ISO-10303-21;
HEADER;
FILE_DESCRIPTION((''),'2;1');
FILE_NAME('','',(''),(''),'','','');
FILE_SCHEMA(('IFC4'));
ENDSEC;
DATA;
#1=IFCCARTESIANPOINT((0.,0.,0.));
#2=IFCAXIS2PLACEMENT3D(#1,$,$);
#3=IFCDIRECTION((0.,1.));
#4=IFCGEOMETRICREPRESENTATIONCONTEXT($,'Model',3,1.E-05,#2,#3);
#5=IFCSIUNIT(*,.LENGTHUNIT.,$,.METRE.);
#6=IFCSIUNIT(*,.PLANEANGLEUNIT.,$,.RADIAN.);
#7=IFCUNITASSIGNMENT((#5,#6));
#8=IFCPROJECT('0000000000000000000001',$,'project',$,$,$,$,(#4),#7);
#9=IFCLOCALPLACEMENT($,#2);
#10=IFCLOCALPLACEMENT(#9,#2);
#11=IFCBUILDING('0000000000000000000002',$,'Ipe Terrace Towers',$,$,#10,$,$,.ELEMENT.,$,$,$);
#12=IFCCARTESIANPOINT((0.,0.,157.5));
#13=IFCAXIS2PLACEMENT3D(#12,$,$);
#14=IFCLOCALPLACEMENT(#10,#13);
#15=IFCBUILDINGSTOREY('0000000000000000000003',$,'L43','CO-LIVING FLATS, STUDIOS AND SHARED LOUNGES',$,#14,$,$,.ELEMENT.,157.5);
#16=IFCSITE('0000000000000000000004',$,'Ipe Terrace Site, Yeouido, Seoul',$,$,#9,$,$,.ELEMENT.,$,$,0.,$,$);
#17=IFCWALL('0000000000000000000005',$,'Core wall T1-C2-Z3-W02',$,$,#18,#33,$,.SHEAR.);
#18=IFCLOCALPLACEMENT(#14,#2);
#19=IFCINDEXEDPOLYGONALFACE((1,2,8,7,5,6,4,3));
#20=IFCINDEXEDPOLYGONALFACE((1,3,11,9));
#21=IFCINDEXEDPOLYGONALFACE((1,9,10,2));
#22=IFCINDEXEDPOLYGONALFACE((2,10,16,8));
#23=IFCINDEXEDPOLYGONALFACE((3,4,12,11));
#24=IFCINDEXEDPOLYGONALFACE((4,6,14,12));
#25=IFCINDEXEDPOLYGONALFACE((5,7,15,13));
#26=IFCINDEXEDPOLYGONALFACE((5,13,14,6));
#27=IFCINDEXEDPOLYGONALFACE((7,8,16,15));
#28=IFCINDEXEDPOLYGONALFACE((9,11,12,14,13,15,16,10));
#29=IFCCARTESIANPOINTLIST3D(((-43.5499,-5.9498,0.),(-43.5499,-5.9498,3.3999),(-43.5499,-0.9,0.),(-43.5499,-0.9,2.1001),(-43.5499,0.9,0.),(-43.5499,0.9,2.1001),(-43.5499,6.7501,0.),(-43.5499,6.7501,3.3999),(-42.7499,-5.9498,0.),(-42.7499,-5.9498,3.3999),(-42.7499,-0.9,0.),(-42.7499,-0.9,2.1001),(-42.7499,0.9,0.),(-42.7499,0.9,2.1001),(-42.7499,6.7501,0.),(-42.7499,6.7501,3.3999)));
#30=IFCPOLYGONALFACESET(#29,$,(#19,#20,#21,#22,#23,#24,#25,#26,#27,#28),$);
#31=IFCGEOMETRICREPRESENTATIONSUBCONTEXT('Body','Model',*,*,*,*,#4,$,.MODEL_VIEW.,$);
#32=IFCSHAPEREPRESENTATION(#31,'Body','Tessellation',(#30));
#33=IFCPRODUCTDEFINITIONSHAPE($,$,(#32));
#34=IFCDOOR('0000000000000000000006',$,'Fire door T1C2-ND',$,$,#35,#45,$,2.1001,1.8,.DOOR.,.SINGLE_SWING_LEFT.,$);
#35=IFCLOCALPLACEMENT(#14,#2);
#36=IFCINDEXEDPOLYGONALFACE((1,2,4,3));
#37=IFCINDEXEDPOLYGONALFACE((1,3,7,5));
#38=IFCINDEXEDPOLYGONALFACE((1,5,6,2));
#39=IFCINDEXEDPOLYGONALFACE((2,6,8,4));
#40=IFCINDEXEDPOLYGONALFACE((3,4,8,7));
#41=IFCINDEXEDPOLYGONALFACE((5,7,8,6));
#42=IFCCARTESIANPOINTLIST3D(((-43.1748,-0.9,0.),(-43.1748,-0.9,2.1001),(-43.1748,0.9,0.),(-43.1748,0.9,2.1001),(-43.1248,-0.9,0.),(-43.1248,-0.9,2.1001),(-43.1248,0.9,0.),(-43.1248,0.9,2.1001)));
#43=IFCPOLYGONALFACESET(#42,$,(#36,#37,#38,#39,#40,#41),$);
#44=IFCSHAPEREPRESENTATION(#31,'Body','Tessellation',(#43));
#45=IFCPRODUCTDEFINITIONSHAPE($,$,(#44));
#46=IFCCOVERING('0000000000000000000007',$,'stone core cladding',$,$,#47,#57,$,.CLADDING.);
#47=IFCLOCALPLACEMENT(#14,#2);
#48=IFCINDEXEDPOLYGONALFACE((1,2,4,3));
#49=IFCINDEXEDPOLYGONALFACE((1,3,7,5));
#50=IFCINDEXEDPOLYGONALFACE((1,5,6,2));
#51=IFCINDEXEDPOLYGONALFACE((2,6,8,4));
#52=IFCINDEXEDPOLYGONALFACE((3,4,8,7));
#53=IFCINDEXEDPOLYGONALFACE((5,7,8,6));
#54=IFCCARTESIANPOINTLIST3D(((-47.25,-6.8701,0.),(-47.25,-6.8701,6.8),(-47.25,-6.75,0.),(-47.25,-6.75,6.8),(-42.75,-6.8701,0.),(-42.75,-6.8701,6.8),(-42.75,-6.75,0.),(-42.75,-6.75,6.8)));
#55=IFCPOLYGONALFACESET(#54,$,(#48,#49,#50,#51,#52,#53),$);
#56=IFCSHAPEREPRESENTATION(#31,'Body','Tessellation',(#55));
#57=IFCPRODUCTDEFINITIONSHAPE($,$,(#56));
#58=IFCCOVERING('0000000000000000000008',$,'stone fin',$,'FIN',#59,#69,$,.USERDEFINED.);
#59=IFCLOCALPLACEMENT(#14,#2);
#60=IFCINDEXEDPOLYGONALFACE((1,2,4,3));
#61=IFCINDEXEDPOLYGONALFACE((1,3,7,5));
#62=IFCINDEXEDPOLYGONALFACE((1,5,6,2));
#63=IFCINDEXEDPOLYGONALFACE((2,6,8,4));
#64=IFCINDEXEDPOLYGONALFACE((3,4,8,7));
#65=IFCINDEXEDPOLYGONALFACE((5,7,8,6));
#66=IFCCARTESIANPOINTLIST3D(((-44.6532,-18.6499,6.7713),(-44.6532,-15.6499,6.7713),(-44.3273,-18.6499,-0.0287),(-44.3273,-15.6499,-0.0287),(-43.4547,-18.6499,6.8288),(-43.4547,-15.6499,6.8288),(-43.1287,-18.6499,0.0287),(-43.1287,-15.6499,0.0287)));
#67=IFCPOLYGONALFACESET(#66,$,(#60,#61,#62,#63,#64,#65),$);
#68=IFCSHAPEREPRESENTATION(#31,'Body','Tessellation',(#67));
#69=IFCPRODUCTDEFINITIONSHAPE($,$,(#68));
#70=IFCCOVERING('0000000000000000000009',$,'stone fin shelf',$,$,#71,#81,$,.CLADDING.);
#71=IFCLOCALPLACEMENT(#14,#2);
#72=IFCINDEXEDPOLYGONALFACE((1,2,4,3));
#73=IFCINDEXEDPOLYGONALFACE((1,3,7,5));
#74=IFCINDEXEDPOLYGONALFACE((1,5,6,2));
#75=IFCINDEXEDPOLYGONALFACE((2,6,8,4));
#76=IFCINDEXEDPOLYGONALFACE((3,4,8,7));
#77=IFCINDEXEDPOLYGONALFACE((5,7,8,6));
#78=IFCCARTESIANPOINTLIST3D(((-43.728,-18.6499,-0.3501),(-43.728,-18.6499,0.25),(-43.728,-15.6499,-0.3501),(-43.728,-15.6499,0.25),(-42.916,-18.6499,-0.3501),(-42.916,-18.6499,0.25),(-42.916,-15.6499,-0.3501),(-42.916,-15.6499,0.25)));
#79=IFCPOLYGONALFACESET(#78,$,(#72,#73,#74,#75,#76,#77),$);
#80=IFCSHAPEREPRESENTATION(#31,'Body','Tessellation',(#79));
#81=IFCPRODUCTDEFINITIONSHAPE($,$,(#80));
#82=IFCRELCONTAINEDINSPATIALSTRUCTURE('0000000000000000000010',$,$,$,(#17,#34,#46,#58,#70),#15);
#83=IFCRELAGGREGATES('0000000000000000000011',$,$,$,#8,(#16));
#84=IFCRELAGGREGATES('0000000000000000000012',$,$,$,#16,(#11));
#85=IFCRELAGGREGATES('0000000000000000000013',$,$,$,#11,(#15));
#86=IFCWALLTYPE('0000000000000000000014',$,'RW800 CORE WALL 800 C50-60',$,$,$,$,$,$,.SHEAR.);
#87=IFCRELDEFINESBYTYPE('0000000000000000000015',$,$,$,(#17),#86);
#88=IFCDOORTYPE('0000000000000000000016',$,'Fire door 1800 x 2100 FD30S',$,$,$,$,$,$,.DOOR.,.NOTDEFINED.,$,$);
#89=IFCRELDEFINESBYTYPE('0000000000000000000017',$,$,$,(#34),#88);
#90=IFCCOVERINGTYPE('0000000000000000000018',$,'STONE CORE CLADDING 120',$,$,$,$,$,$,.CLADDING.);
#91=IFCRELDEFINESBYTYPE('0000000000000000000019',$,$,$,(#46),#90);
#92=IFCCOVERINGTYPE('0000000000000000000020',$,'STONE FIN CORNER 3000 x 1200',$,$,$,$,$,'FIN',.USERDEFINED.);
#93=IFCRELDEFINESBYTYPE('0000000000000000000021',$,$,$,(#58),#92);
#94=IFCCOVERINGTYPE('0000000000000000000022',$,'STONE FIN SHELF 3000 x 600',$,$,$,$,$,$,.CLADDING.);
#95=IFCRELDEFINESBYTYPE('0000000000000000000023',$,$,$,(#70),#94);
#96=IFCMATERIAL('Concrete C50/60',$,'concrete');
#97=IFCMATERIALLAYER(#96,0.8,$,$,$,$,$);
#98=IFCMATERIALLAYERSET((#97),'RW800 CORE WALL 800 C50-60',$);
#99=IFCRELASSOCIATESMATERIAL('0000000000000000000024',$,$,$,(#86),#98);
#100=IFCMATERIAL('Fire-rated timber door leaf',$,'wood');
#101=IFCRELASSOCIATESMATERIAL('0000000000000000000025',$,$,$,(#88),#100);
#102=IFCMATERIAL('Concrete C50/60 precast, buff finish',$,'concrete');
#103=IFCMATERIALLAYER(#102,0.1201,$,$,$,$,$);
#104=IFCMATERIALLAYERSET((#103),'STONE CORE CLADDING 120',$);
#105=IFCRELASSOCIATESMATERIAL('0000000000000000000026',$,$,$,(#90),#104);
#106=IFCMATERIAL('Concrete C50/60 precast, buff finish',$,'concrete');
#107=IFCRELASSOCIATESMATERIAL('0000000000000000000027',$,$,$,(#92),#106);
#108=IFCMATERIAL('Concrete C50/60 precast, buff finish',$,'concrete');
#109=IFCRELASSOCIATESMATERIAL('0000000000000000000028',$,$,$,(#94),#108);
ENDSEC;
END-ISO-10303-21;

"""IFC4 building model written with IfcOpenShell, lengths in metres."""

from ifc_helpers import new_model, si_unit, direction, frame, frame_2d, origin, origin_2d, place, context, subcontext, project, spatial, rectangle, extrude, material, layer, layer_set, material_profile, profile_set, type_object, element, fill, save


model = new_model("IFC4")

# Units and contexts
model_context = context("Model", 3, precision=1e-05, world=origin(), true_north=direction((0.0, 1.0)))
body_context = subcontext(model_context, "Body", "Model", "MODEL_VIEW")
ifc_project = project(units=[si_unit("LENGTHUNIT", "METRE"), si_unit("PLANEANGLEUNIT", "RADIAN")], contexts=[model_context])

# Site, building, storey
site_placement = place(None, origin())
site = spatial("IfcSite", under=ifc_project, at=site_placement, Name="Ipe Terrace Site, Yeouido, Seoul", CompositionType="ELEMENT", RefElevation=0.0)
building_placement = place(site_placement, origin())
building = spatial("IfcBuilding", under=site, at=building_placement, Name="Ipe Terrace Towers", CompositionType="ELEMENT")
storey_placement = place(building_placement, frame((0.0, 0.0, 157.5)))
storey = spatial("IfcBuildingStorey", under=building, at=storey_placement, Name="L43", Description="CO-LIVING FLATS, STUDIOS AND SHARED LOUNGES", CompositionType="ELEMENT", Elevation=157.5)

# Shared definitions
ifc_material_1 = material(Name="Concrete C50/60", Category="concrete")
ifc_layer_1 = layer(ifc_material_1, 0.8)
ifc_layer_set_1 = layer_set([ifc_layer_1], Name="RW800 CORE WALL 800 C50-60")
wall_type_1 = type_object("IfcWallType", Name="RW800 CORE WALL 800 C50-60", PredefinedType="SHEAR", material=ifc_layer_set_1)

# Wall, opening, door
wall_1_placement = place(storey_placement, frame((-43.1499, -5.95, 0.0), z_axis=(0.0, 0.0, 1.0), x_axis=(0.0, 1.0, 0.0)))
wall_1 = element("IfcWall", 1, at=wall_1_placement, inside=storey, type_object=wall_type_1, Name="Core wall T1-C2-Z3-W02", PredefinedType="SHEAR", context=body_context, shape_type="SweptSolid", body=[
    extrude(rectangle(XDim=12.7, YDim=0.8, at=frame_2d((6.3501, 0.0))), origin(), (0.0, 0.0, 1.0), 3.3999),
])
opening_1_placement = place(wall_1_placement, frame((5.05, 0.0, 0.0)))
opening_1 = element("IfcOpeningElement", 2, at=opening_1_placement, cuts=wall_1, PredefinedType="OPENING", context=body_context, shape_type="SweptSolid", body=[
    extrude(rectangle(XDim=1.8, YDim=2.1001, at=frame_2d((0.8999, 1.05))), frame((0.0, 0.4102, 0.0), z_axis=(0.0, -1.0, 0.0), x_axis=(1.0, 0.0, 0.0)), (0.0, 0.0, 1.0), 0.8201),
])
ifc_material_2 = material(Name="Fire-rated timber door leaf", Category="wood")
door_type_1 = type_object("IfcDoorType", Name="Fire door 1800 x 2100 FD30S", OperationType="NOTDEFINED", PredefinedType="DOOR", material=ifc_material_2)
door_1_placement = place(opening_1_placement, origin())
door_1 = element("IfcDoor", 3, at=door_1_placement, inside=storey, type_object=door_type_1, Name="Fire door T1C2-ND", OperationType="SINGLE_SWING_LEFT", OverallHeight=2.1001, OverallWidth=1.8, PredefinedType="DOOR", context=body_context, shape_type="SweptSolid", body=[
    extrude(rectangle(XDim=1.8, YDim=2.1001, at=frame_2d((0.8999, 1.05))), frame((0.0, 0.0249, 0.0), z_axis=(0.0, -1.0, 0.0), x_axis=(1.0, 0.0, 0.0)), (0.0, 0.0, 1.0), 0.05),
])
fill(opening_1, door_1)

# Coverings
ifc_material_3 = material(Name="Concrete C50/60 precast, buff finish", Category="concrete")
ifc_layer_2 = layer(ifc_material_3, 0.1201)
ifc_layer_set_2 = layer_set([ifc_layer_2], Name="STONE CORE CLADDING 120")
covering_type_1 = type_object("IfcCoveringType", Name="STONE CORE CLADDING 120", PredefinedType="CLADDING", material=ifc_layer_set_2)
covering_1_placement = place(storey_placement, frame((-45.0, -6.8101, 0.0), z_axis=(0.0, 0.0, 1.0), x_axis=(1.0, 0.0, 0.0)))
element("IfcCovering", 4, at=covering_1_placement, inside=storey, type_object=covering_type_1, Name="stone core cladding", PredefinedType="CLADDING", context=body_context, shape_type="SweptSolid", body=[
    extrude(rectangle(XDim=4.5, YDim=0.1201, at=origin_2d()), origin(), (0.0, 0.0, 1.0), 6.8),
])
ifc_material_4 = material(Name="Concrete C50/60 precast, buff finish", Category="concrete")
ifc_material_profile_1 = material_profile(ifc_material_4, rectangle(XDim=3.0, YDim=1.2, at=origin_2d()), Name="STONE FIN CORNER 3000 x 1200")
ifc_profile_set_1 = profile_set([ifc_material_profile_1], Name="Concrete C50/60 precast, buff finish")
covering_type_2 = type_object("IfcCoveringType", Name="STONE FIN CORNER 3000 x 1200", ElementType="FIN", PredefinedType="USERDEFINED", material=ifc_profile_set_1)
covering_2_placement = place(storey_placement, frame((-43.728, -17.1499, 0.0), z_axis=(-0.047875, 0.0, 0.998853), x_axis=(0.0, -1.0, 0.0)))
element("IfcCovering", 5, at=covering_2_placement, inside=storey, type_object=covering_type_2, Name="stone fin", ObjectType="FIN", PredefinedType="USERDEFINED", context=body_context, shape_type="SweptSolid", body=[
    extrude(rectangle(XDim=3.0, YDim=1.2, at=origin_2d()), origin(), (0.0, 0.0, 1.0), 6.8079),
])
ifc_material_5 = material(Name="Concrete C50/60 precast, buff finish", Category="concrete")
covering_type_3 = type_object("IfcCoveringType", Name="STONE FIN SHELF 3000 x 600", PredefinedType="CLADDING", material=ifc_material_5)
covering_3_placement = place(storey_placement, frame((-43.322, -17.1499, -0.3501), z_axis=(0.0, 0.0, 1.0), x_axis=(0.0, -1.0, 0.0)))
element("IfcCovering", 6, at=covering_3_placement, inside=storey, type_object=covering_type_3, Name="stone fin shelf", PredefinedType="CLADDING", context=body_context, shape_type="SweptSolid", body=[
    extrude(rectangle(XDim=3.0, YDim=0.812, at=origin_2d()), origin(), (0.0, 0.0, 1.0), 0.6001),
])

save(model, "model.ifc")
